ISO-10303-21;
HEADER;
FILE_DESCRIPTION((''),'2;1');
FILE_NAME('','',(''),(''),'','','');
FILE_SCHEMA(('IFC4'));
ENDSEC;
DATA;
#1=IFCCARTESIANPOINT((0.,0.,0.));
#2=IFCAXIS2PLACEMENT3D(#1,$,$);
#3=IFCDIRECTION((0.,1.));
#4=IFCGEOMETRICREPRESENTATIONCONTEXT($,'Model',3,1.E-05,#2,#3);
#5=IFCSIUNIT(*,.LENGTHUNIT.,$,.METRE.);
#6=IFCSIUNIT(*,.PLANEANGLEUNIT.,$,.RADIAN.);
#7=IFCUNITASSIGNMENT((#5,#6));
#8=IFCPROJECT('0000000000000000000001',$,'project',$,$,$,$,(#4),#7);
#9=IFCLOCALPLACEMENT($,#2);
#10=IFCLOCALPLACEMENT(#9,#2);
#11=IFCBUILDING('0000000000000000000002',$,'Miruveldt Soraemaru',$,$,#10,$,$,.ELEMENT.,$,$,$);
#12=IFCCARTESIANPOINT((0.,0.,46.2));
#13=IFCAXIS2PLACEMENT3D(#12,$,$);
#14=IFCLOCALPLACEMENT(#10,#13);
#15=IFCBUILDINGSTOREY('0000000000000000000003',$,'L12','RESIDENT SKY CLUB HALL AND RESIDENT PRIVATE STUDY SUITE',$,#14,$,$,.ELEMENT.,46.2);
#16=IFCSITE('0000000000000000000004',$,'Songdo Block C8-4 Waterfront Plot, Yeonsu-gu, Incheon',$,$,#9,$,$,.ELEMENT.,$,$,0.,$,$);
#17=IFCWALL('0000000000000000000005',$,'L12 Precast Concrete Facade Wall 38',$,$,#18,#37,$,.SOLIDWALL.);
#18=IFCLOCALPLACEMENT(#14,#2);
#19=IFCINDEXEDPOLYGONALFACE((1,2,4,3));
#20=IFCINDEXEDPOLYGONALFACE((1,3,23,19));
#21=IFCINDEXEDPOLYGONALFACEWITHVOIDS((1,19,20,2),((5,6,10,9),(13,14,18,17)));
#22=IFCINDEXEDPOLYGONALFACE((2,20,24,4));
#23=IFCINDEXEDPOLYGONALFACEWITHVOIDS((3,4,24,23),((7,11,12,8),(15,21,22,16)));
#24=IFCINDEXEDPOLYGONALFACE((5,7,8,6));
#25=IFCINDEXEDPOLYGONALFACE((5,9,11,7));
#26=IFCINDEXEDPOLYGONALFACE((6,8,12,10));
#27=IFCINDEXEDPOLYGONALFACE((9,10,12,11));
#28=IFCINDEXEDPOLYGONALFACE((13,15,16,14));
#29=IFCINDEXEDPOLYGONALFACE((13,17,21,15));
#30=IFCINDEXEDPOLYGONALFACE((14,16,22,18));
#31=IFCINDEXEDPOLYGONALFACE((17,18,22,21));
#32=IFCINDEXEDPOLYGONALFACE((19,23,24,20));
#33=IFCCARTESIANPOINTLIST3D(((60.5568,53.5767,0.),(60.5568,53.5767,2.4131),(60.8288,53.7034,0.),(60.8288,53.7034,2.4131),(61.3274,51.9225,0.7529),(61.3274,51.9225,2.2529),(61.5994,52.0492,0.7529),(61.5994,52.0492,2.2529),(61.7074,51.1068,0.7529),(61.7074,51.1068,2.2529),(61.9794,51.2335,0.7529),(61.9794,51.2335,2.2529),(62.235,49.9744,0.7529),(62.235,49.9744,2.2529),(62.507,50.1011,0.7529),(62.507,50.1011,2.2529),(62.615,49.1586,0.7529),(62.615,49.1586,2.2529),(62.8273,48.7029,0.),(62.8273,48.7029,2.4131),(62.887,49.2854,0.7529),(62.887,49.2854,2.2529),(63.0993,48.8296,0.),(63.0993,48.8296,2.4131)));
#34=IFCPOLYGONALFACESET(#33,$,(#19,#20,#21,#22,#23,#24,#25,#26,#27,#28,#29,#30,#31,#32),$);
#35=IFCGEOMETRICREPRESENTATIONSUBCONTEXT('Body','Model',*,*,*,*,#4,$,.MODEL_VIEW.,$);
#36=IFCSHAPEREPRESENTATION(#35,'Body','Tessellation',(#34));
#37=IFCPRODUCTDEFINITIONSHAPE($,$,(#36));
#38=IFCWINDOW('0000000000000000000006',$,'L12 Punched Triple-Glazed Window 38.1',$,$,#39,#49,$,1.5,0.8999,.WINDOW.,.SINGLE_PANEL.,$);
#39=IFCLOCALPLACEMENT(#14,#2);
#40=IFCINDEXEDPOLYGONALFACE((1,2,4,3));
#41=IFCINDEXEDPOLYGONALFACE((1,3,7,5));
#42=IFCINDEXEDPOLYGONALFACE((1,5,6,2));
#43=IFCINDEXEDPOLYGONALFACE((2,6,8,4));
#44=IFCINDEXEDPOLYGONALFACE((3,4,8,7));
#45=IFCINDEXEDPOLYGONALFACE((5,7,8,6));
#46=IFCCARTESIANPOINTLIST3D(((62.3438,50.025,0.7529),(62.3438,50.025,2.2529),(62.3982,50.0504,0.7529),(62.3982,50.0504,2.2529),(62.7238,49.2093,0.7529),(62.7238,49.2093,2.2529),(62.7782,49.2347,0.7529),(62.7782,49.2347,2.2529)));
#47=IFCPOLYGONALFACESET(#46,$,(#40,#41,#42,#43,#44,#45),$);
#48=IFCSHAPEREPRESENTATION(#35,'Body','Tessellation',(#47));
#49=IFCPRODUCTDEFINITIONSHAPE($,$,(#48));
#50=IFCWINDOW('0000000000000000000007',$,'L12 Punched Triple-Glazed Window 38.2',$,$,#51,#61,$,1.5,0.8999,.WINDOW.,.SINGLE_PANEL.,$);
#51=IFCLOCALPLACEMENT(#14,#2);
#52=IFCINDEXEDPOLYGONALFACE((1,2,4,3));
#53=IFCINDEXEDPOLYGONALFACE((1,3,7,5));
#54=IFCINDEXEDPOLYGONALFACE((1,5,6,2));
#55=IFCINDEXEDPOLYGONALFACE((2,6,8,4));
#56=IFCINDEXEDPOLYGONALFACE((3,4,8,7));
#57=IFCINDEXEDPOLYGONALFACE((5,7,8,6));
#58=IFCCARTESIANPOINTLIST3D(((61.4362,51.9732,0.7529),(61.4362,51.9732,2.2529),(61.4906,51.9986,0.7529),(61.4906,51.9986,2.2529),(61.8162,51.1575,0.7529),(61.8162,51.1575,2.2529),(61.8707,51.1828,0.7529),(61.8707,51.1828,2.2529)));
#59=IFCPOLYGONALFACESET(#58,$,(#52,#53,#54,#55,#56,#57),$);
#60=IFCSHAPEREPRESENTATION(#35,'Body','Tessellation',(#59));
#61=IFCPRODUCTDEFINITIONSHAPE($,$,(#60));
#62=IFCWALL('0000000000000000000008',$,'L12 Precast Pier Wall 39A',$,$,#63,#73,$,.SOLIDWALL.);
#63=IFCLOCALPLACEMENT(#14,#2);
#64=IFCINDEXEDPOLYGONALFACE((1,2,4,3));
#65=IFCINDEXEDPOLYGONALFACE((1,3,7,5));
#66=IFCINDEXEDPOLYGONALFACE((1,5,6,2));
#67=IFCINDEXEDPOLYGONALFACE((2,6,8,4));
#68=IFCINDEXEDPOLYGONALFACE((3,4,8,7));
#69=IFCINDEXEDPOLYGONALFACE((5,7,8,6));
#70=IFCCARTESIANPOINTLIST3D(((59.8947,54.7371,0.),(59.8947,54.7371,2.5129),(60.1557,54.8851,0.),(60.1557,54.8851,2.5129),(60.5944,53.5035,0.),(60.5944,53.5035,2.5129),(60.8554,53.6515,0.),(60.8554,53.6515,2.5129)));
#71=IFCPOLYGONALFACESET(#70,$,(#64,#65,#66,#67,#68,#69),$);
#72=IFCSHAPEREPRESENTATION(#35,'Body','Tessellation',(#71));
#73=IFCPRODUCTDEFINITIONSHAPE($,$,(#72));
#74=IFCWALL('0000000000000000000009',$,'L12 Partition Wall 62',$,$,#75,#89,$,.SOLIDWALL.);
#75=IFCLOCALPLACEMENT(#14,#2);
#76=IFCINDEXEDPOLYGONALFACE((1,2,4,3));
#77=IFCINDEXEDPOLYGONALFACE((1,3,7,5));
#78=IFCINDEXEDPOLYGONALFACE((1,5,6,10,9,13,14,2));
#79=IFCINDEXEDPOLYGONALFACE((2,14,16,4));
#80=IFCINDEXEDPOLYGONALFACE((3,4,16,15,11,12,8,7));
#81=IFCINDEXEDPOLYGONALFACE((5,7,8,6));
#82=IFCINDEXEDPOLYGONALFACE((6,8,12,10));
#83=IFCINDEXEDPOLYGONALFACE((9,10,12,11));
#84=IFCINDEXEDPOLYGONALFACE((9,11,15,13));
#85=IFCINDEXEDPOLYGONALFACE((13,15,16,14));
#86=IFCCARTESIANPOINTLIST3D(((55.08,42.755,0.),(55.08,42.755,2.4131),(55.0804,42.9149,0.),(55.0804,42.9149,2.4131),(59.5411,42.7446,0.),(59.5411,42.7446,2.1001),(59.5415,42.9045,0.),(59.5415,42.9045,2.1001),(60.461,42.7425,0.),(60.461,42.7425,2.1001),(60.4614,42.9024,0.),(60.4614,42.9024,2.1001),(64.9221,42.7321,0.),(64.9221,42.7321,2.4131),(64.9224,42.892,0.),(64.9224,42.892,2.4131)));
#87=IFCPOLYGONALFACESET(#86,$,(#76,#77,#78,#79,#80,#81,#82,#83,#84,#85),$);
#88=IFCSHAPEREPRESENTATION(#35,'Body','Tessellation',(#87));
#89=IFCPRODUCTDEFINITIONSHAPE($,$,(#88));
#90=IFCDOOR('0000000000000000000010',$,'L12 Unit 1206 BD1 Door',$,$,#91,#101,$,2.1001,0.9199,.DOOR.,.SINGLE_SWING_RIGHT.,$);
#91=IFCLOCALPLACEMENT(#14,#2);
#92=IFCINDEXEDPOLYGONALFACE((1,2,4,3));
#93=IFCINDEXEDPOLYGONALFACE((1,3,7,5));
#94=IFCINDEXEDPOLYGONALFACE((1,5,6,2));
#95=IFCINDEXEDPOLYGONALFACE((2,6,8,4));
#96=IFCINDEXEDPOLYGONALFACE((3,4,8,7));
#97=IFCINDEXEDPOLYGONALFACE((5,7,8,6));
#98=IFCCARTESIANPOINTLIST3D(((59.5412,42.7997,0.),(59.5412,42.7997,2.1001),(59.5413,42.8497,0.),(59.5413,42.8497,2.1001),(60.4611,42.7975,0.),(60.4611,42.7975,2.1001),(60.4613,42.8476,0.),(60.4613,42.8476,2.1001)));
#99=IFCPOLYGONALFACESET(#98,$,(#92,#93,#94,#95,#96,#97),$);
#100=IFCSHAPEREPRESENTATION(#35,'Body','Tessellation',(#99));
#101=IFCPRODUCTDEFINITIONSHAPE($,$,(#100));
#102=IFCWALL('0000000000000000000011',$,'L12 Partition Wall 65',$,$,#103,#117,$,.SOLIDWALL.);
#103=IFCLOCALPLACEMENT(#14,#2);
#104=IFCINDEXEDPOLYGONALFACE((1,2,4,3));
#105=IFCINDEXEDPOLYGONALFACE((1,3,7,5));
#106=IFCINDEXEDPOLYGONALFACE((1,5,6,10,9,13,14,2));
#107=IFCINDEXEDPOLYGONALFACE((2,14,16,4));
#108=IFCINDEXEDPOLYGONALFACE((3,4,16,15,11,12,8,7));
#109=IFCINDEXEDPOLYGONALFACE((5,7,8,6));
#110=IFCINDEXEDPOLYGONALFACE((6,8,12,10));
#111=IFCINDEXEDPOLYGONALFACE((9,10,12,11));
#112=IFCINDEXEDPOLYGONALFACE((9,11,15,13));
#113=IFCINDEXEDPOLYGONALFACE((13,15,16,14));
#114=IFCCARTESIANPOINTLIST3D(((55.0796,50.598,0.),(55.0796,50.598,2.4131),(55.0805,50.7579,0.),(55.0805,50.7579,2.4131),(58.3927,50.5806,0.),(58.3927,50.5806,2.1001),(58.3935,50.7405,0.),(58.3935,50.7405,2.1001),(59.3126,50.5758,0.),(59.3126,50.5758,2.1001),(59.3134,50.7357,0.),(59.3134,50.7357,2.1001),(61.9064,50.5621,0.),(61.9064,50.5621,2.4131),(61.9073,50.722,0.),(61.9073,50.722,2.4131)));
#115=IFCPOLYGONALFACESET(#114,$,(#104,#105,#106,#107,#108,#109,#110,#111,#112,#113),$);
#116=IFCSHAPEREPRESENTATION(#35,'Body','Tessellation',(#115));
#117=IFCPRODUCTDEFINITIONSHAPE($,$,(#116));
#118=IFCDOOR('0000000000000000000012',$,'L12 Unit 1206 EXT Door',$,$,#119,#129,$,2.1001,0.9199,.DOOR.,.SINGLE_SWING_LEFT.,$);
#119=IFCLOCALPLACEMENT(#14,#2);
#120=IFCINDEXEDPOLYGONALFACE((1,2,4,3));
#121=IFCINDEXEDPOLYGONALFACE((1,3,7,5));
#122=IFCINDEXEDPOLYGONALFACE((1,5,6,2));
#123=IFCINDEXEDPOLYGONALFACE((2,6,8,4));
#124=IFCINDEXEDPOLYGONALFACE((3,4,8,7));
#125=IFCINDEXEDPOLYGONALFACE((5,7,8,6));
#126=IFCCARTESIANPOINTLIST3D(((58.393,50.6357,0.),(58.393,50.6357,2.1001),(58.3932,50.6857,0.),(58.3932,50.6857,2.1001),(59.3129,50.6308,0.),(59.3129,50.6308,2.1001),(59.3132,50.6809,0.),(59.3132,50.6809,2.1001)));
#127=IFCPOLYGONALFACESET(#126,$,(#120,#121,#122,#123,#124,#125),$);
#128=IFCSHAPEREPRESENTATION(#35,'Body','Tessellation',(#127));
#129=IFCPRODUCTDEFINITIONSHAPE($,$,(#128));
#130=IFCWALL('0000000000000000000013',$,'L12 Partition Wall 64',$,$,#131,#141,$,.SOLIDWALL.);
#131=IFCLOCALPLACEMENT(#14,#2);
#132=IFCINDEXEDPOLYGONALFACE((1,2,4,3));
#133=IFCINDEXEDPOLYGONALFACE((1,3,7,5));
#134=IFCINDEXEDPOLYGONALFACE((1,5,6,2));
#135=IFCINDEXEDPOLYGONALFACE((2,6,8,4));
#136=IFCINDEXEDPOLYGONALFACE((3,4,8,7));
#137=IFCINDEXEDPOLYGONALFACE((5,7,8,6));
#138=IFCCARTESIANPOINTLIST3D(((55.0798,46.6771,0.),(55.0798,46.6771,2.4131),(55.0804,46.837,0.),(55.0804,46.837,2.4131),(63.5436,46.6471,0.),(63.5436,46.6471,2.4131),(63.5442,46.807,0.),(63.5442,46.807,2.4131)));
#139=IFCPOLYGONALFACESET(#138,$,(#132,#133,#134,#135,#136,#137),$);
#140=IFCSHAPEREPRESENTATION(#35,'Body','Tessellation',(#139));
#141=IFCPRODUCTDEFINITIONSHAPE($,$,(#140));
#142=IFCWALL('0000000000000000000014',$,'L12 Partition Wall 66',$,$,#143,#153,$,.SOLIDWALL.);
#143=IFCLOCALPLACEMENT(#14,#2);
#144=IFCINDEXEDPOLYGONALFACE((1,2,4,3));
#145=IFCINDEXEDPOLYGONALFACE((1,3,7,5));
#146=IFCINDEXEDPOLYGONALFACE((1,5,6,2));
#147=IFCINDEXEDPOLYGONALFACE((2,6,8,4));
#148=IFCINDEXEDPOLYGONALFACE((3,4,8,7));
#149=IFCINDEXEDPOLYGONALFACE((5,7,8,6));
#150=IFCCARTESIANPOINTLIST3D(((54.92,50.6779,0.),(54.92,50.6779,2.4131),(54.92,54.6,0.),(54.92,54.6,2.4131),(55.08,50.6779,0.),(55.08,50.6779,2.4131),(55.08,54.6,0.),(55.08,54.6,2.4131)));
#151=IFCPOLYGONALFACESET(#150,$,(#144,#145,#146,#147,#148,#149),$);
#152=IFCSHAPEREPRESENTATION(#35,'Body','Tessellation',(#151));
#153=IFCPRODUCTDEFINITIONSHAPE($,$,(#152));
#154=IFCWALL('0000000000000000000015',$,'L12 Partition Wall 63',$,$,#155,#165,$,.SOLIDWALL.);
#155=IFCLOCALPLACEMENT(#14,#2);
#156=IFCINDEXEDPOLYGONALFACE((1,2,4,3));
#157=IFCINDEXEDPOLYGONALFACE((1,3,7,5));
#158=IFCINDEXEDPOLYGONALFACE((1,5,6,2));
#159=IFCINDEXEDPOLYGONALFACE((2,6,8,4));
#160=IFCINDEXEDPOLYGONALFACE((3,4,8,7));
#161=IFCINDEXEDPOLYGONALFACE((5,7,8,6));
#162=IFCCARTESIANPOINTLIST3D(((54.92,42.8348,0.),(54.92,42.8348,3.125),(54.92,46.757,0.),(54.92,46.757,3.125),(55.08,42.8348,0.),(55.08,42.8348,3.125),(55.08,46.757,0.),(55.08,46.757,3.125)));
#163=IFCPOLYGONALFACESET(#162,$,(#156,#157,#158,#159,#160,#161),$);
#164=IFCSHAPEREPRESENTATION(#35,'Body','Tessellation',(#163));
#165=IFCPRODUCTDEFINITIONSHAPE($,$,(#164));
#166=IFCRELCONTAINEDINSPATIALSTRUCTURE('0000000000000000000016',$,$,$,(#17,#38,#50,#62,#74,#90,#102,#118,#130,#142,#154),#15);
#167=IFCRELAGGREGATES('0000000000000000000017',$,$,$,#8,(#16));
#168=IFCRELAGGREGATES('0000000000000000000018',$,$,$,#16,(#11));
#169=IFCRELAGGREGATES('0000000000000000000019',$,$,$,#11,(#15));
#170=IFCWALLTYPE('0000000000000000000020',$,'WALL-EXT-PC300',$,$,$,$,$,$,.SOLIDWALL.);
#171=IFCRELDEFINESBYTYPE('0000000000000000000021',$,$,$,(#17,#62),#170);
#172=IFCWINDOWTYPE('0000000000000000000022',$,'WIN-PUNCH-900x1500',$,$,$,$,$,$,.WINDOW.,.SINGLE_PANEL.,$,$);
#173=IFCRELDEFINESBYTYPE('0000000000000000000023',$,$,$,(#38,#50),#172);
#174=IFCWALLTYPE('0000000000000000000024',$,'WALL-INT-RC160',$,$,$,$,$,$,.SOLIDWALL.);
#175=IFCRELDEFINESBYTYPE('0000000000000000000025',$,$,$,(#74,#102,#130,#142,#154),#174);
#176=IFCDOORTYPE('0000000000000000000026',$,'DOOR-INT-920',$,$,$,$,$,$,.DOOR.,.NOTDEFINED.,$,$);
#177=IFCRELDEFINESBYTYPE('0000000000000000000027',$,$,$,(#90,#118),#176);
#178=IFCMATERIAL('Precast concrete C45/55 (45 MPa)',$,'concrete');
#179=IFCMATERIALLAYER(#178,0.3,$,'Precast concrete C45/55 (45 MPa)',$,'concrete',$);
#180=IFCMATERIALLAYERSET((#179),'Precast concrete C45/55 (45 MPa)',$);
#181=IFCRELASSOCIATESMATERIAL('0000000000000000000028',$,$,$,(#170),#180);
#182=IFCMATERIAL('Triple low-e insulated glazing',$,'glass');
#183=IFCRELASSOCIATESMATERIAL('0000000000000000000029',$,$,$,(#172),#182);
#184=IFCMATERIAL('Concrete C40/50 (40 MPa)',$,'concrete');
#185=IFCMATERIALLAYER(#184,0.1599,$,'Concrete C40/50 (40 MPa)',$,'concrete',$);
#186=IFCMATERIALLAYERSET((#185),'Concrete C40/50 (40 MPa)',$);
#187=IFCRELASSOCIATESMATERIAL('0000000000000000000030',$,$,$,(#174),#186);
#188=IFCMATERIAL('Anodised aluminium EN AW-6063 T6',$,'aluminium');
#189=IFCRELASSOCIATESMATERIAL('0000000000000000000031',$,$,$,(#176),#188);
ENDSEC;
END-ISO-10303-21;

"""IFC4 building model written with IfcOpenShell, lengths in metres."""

from ifc_helpers import new_model, si_unit, direction, frame, frame_2d, origin, place, context, subcontext, project, spatial, rectangle, extrude, material, layer, layer_set, type_object, element, fill, save


model = new_model("IFC4")

# Units and contexts
model_context = context("Model", 3, precision=1e-05, world=origin(), true_north=direction((0.0, 1.0)))
body_context = subcontext(model_context, "Body", "Model", "MODEL_VIEW")
ifc_project = project(units=[si_unit("LENGTHUNIT", "METRE"), si_unit("PLANEANGLEUNIT", "RADIAN")], contexts=[model_context])

# Site, building, storey
site_placement = place(None, origin())
site = spatial("IfcSite", under=ifc_project, at=site_placement, Name="Songdo Block C8-4 Waterfront Plot, Yeonsu-gu, Incheon", CompositionType="ELEMENT", RefElevation=0.0)
building_placement = place(site_placement, origin())
building = spatial("IfcBuilding", under=site, at=building_placement, Name="Miruveldt Soraemaru", CompositionType="ELEMENT")
storey_placement = place(building_placement, frame((0.0, 0.0, 46.2)))
storey = spatial("IfcBuildingStorey", under=building, at=storey_placement, Name="L12", Description="RESIDENT SKY CLUB HALL AND RESIDENT PRIVATE STUDY SUITE", CompositionType="ELEMENT", Elevation=46.2)

# Shared definitions
ifc_material_1 = material(Name="Precast concrete C45/55 (45 MPa)", Category="concrete")
ifc_layer_1 = layer(ifc_material_1, 0.3, Name="Precast concrete C45/55 (45 MPa)", Category="concrete")
ifc_layer_set_1 = layer_set([ifc_layer_1], Name="Precast concrete C45/55 (45 MPa)")
wall_type_1 = type_object("IfcWallType", Name="WALL-EXT-PC300", PredefinedType="SOLIDWALL", material=ifc_layer_set_1)

# Wall, openings, windows
ifc_material_2 = material(Name="Triple low-e insulated glazing", Category="glass")
wall_1_placement = place(storey_placement, frame((62.9634, 48.7661, 0.0), z_axis=(0.0, 0.0, 1.0), x_axis=(-0.422286, 0.906463, 0.0)))
wall_1 = element("IfcWall", 1, at=wall_1_placement, inside=storey, type_object=wall_type_1, Name="L12 Precast Concrete Facade Wall 38", PredefinedType="SOLIDWALL", context=body_context, shape_type="SweptSolid", body=[
    extrude(rectangle(XDim=5.3767, YDim=0.3, at=frame_2d((2.6885, 0.0))), origin(), (0.0, 0.0, 1.0), 2.4131),
])
opening_1_placement = place(wall_1_placement, frame((0.5029, 0.0, 0.7529)))
opening_1 = element("IfcOpeningElement", 2, at=opening_1_placement, cuts=wall_1, PredefinedType="OPENING", context=body_context, shape_type="SweptSolid", body=[
    extrude(rectangle(XDim=0.8999, YDim=1.5, at=frame_2d((0.45, 0.75))), frame((0.0, 0.1602, 0.0), z_axis=(0.0, -1.0, 0.0), x_axis=(1.0, 0.0, 0.0)), (0.0, 0.0, 1.0), 0.3201),
])
opening_2_placement = place(wall_1_placement, frame((2.6521, 0.0, 0.7529)))
opening_2 = element("IfcOpeningElement", 3, at=opening_2_placement, cuts=wall_1, PredefinedType="OPENING", context=body_context, shape_type="SweptSolid", body=[
    extrude(rectangle(XDim=0.8999, YDim=1.5, at=frame_2d((0.45, 0.75))), frame((0.0, 0.1602, 0.0), z_axis=(0.0, -1.0, 0.0), x_axis=(1.0, 0.0, 0.0)), (0.0, 0.0, 1.0), 0.3201),
])
window_type_1 = type_object("IfcWindowType", Name="WIN-PUNCH-900x1500", PartitioningType="SINGLE_PANEL", PredefinedType="WINDOW", material=ifc_material_2)
window_1_placement = place(opening_1_placement, origin())
window_1 = element("IfcWindow", 4, at=window_1_placement, inside=storey, type_object=window_type_1, Name="L12 Punched Triple-Glazed Window 38.1", OverallHeight=1.5, OverallWidth=0.8999, PartitioningType="SINGLE_PANEL", PredefinedType="WINDOW", context=body_context, shape_type="SweptSolid", body=[
    extrude(rectangle(XDim=0.8999, YDim=1.5, at=frame_2d((0.45, 0.75))), frame((0.0, 0.03, 0.0), z_axis=(0.0, -1.0, 0.0), x_axis=(1.0, 0.0, 0.0)), (0.0, 0.0, 1.0), 0.0601),
])
fill(opening_1, window_1)
window_2_placement = place(opening_2_placement, origin())
window_2 = element("IfcWindow", 5, at=window_2_placement, inside=storey, type_object=window_type_1, Name="L12 Punched Triple-Glazed Window 38.2", OverallHeight=1.5, OverallWidth=0.8999, PartitioningType="SINGLE_PANEL", PredefinedType="WINDOW", context=body_context, shape_type="SweptSolid", body=[
    extrude(rectangle(XDim=0.8999, YDim=1.5, at=frame_2d((0.45, 0.75))), frame((0.0, 0.03, 0.0), z_axis=(0.0, -1.0, 0.0), x_axis=(1.0, 0.0, 0.0)), (0.0, 0.0, 1.0), 0.0601),
])
fill(opening_2, window_2)

# Wall
wall_2_placement = place(storey_placement, frame((60.7249, 53.5776, 0.0), z_axis=(0.0, 0.0, 1.0), x_axis=(-0.493356, 0.869828, 0.0)))
element("IfcWall", 6, at=wall_2_placement, inside=storey, type_object=wall_type_1, Name="L12 Precast Pier Wall 39A", PredefinedType="SOLIDWALL", context=body_context, shape_type="SweptSolid", body=[
    extrude(rectangle(XDim=1.4182, YDim=0.3, at=frame_2d((0.709, 0.0))), origin(), (0.0, 0.0, 1.0), 2.5129),
])

# Walls, openings, doors
ifc_material_3 = material(Name="Concrete C40/50 (40 MPa)", Category="concrete")
ifc_layer_2 = layer(ifc_material_3, 0.1599, Name="Concrete C40/50 (40 MPa)", Category="concrete")
ifc_layer_set_2 = layer_set([ifc_layer_2], Name="Concrete C40/50 (40 MPa)")
wall_type_2 = type_object("IfcWallType", Name="WALL-INT-RC160", PredefinedType="SOLIDWALL", material=ifc_layer_set_2)
wall_3_placement = place(storey_placement, frame((64.9221, 42.812, 0.0), z_axis=(0.0, 0.0, 1.0), x_axis=(-0.999997, 0.002332, 0.0)))
wall_3 = element("IfcWall", 7, at=wall_3_placement, inside=storey, type_object=wall_type_2, Name="L12 Partition Wall 62", PredefinedType="SOLIDWALL", context=body_context, shape_type="SweptSolid", body=[
    extrude(rectangle(XDim=9.842, YDim=0.1599, at=frame_2d((4.9209, 0.0))), origin(), (0.0, 0.0, 1.0), 2.4131),
])
opening_3_placement = place(wall_3_placement, frame((4.4609, 0.0, 0.0)))
opening_3 = element("IfcOpeningElement", 8, at=opening_3_placement, cuts=wall_3, PredefinedType="OPENING", context=body_context, shape_type="SweptSolid", body=[
    extrude(rectangle(XDim=0.9199, YDim=2.1001, at=frame_2d((0.46, 1.05))), frame((0.0, 0.0898, 0.0), z_axis=(0.0, -1.0, 0.0), x_axis=(1.0, 0.0, 0.0)), (0.0, 0.0, 1.0), 0.1799),
])
ifc_material_4 = material(Name="Anodised aluminium EN AW-6063 T6", Category="aluminium")
door_type = type_object("IfcDoorType", Name="DOOR-INT-920", OperationType="NOTDEFINED", PredefinedType="DOOR", material=ifc_material_4)
door_1_placement = place(opening_3_placement, origin())
door_1 = element("IfcDoor", 9, at=door_1_placement, inside=storey, type_object=door_type, Name="L12 Unit 1206 BD1 Door", OperationType="SINGLE_SWING_RIGHT", OverallHeight=2.1001, OverallWidth=0.9199, PredefinedType="DOOR", context=body_context, shape_type="SweptSolid", body=[
    extrude(rectangle(XDim=0.9199, YDim=2.1001, at=frame_2d((0.46, 1.05))), frame((0.0, 0.0249, 0.0), z_axis=(0.0, -1.0, 0.0), x_axis=(1.0, 0.0, 0.0)), (0.0, 0.0, 1.0), 0.05),
])
fill(opening_3, door_1)
wall_4_placement = place(storey_placement, frame((61.907, 50.6421, 0.0), z_axis=(0.0, 0.0, 1.0), x_axis=(-0.999986, 0.005257, 0.0)))
wall_4 = element("IfcWall", 10, at=wall_4_placement, inside=storey, type_object=wall_type_2, Name="L12 Partition Wall 65", PredefinedType="SOLIDWALL", context=body_context, shape_type="SweptSolid", body=[
    extrude(rectangle(XDim=6.8269, YDim=0.1599, at=frame_2d((3.4136, 0.0))), origin(), (0.0, 0.0, 1.0), 2.4131),
])
opening_4_placement = place(wall_4_placement, frame((2.594, 0.0, 0.0)))
opening_4 = element("IfcOpeningElement", 11, at=opening_4_placement, cuts=wall_4, PredefinedType="OPENING", context=body_context, shape_type="SweptSolid", body=[
    extrude(rectangle(XDim=0.9199, YDim=2.1001, at=frame_2d((0.46, 1.05))), frame((0.0, 0.0898, 0.0), z_axis=(0.0, -1.0, 0.0), x_axis=(1.0, 0.0, 0.0)), (0.0, 0.0, 1.0), 0.1799),
])
door_2_placement = place(opening_4_placement, origin())
door_2 = element("IfcDoor", 12, at=door_2_placement, inside=storey, type_object=door_type, Name="L12 Unit 1206 EXT Door", OperationType="SINGLE_SWING_LEFT", OverallHeight=2.1001, OverallWidth=0.9199, PredefinedType="DOOR", context=body_context, shape_type="SweptSolid", body=[
    extrude(rectangle(XDim=0.9199, YDim=2.1001, at=frame_2d((0.46, 1.05))), frame((0.0, 0.0249, 0.0), z_axis=(0.0, -1.0, 0.0), x_axis=(1.0, 0.0, 0.0)), (0.0, 0.0, 1.0), 0.05),
])
fill(opening_4, door_2)

# Walls
wall_5_placement = place(storey_placement, frame((55.0801, 46.7571, 0.0), z_axis=(0.0, 0.0, 1.0), x_axis=(0.999994, -0.003548, 0.0)))
element("IfcWall", 13, at=wall_5_placement, inside=storey, type_object=wall_type_2, Name="L12 Partition Wall 64", PredefinedType="SOLIDWALL", context=body_context, shape_type="SweptSolid", body=[
    extrude(rectangle(XDim=8.4639, YDim=0.1599, at=frame_2d((4.2319, 0.0))), origin(), (0.0, 0.0, 1.0), 2.4131),
])
wall_6_placement = place(storey_placement, frame((55.0, 50.678, 0.0), z_axis=(0.0, 0.0, 1.0), x_axis=(0.0, 1.0, 0.0)))
element("IfcWall", 14, at=wall_6_placement, inside=storey, type_object=wall_type_2, Name="L12 Partition Wall 66", PredefinedType="SOLIDWALL", context=body_context, shape_type="SweptSolid", body=[
    extrude(rectangle(XDim=3.9221, YDim=0.1599, at=frame_2d((1.9609, 0.0))), origin(), (0.0, 0.0, 1.0), 2.4131),
])
wall_7_placement = place(storey_placement, frame((55.0, 42.835, 0.0), z_axis=(0.0, 0.0, 1.0), x_axis=(0.0, 1.0, 0.0)))
element("IfcWall", 15, at=wall_7_placement, inside=storey, type_object=wall_type_2, Name="L12 Partition Wall 63", PredefinedType="SOLIDWALL", context=body_context, shape_type="SweptSolid", body=[
    extrude(rectangle(XDim=3.9221, YDim=0.1599, at=frame_2d((1.9609, 0.0))), origin(), (0.0, 0.0, 1.0), 3.125),
])

save(model, "model.ifc")
